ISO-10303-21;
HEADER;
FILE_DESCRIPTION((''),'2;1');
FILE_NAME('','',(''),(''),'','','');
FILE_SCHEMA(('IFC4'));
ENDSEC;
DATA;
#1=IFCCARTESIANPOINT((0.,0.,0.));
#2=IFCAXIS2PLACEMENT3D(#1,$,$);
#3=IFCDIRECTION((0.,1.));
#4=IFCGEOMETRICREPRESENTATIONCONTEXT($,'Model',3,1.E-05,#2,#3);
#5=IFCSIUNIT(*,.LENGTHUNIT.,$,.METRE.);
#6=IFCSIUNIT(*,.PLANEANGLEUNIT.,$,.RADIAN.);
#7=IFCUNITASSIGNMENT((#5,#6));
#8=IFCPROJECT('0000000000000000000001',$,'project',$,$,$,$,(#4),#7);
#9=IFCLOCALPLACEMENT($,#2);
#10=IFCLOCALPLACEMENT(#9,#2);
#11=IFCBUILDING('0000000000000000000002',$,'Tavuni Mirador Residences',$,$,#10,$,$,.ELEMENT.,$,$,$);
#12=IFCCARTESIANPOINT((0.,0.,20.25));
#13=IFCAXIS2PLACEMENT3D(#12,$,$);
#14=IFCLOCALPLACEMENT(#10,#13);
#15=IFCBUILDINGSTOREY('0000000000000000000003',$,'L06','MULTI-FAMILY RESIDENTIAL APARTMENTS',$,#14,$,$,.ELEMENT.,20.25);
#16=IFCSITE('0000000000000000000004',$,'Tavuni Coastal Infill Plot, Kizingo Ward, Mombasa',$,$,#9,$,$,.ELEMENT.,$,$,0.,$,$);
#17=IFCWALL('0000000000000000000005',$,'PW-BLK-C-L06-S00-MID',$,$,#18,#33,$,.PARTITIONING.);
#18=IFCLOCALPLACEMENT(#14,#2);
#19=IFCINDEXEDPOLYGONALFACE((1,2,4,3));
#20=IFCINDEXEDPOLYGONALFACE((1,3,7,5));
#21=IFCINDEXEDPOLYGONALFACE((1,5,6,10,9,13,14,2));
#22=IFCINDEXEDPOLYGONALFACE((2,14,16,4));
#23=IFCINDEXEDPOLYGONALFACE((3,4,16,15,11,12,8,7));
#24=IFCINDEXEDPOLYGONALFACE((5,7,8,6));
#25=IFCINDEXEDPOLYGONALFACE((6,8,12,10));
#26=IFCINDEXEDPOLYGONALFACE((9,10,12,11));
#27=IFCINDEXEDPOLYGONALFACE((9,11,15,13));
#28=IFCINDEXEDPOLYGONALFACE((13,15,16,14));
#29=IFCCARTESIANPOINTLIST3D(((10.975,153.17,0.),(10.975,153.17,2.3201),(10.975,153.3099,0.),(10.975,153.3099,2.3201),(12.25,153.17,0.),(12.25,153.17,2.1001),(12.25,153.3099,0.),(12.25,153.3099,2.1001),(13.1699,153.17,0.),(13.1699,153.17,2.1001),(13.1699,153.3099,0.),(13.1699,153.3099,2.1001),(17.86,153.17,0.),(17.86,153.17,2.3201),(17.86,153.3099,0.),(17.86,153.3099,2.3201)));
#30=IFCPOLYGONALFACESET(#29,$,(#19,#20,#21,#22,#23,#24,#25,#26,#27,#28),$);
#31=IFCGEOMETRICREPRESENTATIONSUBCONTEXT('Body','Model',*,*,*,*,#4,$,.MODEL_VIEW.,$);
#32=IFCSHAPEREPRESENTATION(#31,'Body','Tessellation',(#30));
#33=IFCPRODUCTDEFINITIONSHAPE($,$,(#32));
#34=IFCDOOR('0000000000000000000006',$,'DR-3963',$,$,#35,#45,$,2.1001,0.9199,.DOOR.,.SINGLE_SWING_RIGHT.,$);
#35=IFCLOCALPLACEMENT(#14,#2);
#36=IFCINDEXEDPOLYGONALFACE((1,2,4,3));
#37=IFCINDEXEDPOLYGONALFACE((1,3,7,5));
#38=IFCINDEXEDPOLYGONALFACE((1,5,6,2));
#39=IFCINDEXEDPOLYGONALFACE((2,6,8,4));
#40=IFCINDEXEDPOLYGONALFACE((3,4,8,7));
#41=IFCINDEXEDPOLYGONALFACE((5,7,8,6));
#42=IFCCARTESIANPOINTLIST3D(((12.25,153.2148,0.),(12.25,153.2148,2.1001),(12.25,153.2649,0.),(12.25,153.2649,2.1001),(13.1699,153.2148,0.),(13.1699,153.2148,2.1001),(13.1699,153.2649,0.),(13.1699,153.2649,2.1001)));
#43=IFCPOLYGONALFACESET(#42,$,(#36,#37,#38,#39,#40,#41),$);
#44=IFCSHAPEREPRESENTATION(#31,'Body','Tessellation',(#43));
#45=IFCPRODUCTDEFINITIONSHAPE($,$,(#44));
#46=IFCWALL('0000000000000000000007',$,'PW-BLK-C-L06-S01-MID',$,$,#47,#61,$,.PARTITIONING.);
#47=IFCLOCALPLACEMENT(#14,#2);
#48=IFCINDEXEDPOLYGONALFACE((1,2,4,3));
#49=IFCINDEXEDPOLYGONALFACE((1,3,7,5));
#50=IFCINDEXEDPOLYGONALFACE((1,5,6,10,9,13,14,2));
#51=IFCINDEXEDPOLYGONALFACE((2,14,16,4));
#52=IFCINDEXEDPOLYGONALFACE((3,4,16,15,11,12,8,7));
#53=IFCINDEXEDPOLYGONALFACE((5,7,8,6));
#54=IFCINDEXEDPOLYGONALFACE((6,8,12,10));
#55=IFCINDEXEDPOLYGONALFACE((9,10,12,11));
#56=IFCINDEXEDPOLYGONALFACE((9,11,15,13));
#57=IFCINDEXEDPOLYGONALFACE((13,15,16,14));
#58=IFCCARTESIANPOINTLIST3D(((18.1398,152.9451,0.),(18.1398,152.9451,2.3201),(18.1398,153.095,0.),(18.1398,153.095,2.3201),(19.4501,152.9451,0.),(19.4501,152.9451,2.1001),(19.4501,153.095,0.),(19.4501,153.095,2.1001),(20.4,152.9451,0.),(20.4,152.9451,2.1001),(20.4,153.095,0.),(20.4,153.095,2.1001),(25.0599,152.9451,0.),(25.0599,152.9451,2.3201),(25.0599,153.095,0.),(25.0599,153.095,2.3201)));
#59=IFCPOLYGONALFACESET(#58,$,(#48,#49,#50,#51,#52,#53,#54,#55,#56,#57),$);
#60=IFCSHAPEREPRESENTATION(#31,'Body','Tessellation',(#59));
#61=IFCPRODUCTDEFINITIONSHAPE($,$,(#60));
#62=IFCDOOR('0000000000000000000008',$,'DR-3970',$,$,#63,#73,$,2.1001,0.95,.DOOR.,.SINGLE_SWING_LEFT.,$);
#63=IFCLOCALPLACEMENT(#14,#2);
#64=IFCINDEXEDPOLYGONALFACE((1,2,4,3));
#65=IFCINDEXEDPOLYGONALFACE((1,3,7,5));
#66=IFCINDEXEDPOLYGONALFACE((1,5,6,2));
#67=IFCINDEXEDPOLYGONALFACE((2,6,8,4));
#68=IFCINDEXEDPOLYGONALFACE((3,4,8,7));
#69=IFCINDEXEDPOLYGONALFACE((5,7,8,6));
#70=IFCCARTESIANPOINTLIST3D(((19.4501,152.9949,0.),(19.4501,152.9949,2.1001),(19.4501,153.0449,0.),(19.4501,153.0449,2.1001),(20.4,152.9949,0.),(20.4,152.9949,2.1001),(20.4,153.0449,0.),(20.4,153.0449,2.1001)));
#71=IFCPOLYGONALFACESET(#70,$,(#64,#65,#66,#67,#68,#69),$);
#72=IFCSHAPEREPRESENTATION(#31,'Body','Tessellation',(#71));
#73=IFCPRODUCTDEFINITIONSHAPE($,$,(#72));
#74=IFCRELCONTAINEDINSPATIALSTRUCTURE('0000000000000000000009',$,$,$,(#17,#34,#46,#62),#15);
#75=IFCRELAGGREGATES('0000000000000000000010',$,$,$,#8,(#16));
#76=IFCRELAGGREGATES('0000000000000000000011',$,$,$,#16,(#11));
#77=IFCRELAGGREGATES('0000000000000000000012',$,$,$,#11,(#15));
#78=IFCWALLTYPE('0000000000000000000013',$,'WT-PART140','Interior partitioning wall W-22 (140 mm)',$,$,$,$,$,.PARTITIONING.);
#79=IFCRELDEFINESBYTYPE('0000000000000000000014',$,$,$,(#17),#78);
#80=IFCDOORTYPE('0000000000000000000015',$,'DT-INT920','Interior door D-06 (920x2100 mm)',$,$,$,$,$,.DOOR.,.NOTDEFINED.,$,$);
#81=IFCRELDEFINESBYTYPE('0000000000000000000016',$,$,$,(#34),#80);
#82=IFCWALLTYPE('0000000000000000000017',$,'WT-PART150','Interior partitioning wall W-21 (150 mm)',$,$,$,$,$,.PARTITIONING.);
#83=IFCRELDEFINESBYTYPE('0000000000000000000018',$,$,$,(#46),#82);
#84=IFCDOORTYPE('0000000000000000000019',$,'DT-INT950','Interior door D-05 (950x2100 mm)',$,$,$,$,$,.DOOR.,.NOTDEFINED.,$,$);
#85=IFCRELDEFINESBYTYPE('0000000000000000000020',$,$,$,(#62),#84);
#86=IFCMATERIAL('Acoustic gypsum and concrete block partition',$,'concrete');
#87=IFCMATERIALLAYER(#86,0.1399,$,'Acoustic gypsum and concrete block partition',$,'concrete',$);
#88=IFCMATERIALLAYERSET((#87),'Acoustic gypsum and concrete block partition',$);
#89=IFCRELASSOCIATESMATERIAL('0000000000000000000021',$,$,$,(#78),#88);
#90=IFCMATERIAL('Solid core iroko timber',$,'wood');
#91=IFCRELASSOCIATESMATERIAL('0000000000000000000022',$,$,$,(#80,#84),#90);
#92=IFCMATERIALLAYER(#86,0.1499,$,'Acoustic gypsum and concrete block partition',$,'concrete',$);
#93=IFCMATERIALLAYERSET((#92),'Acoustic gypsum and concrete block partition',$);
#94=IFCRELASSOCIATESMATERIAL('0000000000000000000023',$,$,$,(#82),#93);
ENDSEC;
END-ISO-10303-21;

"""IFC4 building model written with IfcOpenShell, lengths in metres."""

from ifc_helpers import new_model, si_unit, direction, frame, frame_2d, origin, place, context, subcontext, project, spatial, rectangle, extrude, material, layer, layer_set, type_object, element, fill, save


model = new_model("IFC4")

# Units and contexts
model_context = context("Model", 3, precision=1e-05, world=origin(), true_north=direction((0.0, 1.0)))
body_context = subcontext(model_context, "Body", "Model", "MODEL_VIEW")
ifc_project = project(units=[si_unit("LENGTHUNIT", "METRE"), si_unit("PLANEANGLEUNIT", "RADIAN")], contexts=[model_context])

# Site, building, storey
site_placement = place(None, origin())
site = spatial("IfcSite", under=ifc_project, at=site_placement, Name="Tavuni Coastal Infill Plot, Kizingo Ward, Mombasa", CompositionType="ELEMENT", RefElevation=0.0)
building_placement = place(site_placement, origin())
building = spatial("IfcBuilding", under=site, at=building_placement, Name="Tavuni Mirador Residences", CompositionType="ELEMENT")
storey_placement = place(building_placement, frame((0.0, 0.0, 20.25)))
storey = spatial("IfcBuildingStorey", under=building, at=storey_placement, Name="L06", Description="MULTI-FAMILY RESIDENTIAL APARTMENTS", CompositionType="ELEMENT", Elevation=20.25)

# Walls, openings, doors
ifc_material_1 = material(Name="Solid core iroko timber", Category="wood")
ifc_material_2 = material(Name="Acoustic gypsum and concrete block partition", Category="concrete")
ifc_layer_1 = layer(ifc_material_2, 0.1399, Name="Acoustic gypsum and concrete block partition", Category="concrete")
ifc_layer_set_1 = layer_set([ifc_layer_1], Name="Acoustic gypsum and concrete block partition")
wall_type_1 = type_object("IfcWallType", Name="WT-PART140", Description="Interior partitioning wall W-22 (140 mm)", PredefinedType="PARTITIONING", material=ifc_layer_set_1)
wall_1_placement = place(storey_placement, frame((10.9751, 153.24, 0.0), z_axis=(0.0, 0.0, 1.0), x_axis=(1.0, 0.0, 0.0)))
wall_1 = element("IfcWall", 1, at=wall_1_placement, inside=storey, type_object=wall_type_1, Name="PW-BLK-C-L06-S00-MID", PredefinedType="PARTITIONING", context=body_context, shape_type="SweptSolid", body=[
    extrude(rectangle(XDim=6.885, YDim=0.1399, at=frame_2d((3.4424, 0.0))), origin(), (0.0, 0.0, 1.0), 2.3201),
])
opening_1_placement = place(wall_1_placement, frame((1.2749, 0.0, 0.0)))
opening_1 = element("IfcOpeningElement", 2, at=opening_1_placement, cuts=wall_1, PredefinedType="OPENING", context=body_context, shape_type="SweptSolid", body=[
    extrude(rectangle(XDim=0.9199, YDim=2.1001, at=frame_2d((0.46, 1.05))), frame((0.0, 0.0801, 0.0), z_axis=(0.0, -1.0, 0.0), x_axis=(1.0, 0.0, 0.0)), (0.0, 0.0, 1.0), 0.1599),
])
door_type_1 = type_object("IfcDoorType", Name="DT-INT920", Description="Interior door D-06 (920x2100 mm)", OperationType="NOTDEFINED", PredefinedType="DOOR", material=ifc_material_1)
door_1_placement = place(opening_1_placement, origin())
door_1 = element("IfcDoor", 3, at=door_1_placement, inside=storey, type_object=door_type_1, Name="DR-3963", OperationType="SINGLE_SWING_RIGHT", OverallHeight=2.1001, OverallWidth=0.9199, PredefinedType="DOOR", context=body_context, shape_type="SweptSolid", body=[
    extrude(rectangle(XDim=0.9199, YDim=2.1001, at=frame_2d((0.46, 1.05))), frame((0.0, 0.0249, 0.0), z_axis=(0.0, -1.0, 0.0), x_axis=(1.0, 0.0, 0.0)), (0.0, 0.0, 1.0), 0.05),
])
fill(opening_1, door_1)
ifc_layer_2 = layer(ifc_material_2, 0.1499, Name="Acoustic gypsum and concrete block partition", Category="concrete")
ifc_layer_set_2 = layer_set([ifc_layer_2], Name="Acoustic gypsum and concrete block partition")
wall_type_2 = type_object("IfcWallType", Name="WT-PART150", Description="Interior partitioning wall W-21 (150 mm)", PredefinedType="PARTITIONING", material=ifc_layer_set_2)
wall_2_placement = place(storey_placement, frame((18.1399, 153.02, 0.0), z_axis=(0.0, 0.0, 1.0), x_axis=(1.0, 0.0, 0.0)))
wall_2 = element("IfcWall", 4, at=wall_2_placement, inside=storey, type_object=wall_type_2, Name="PW-BLK-C-L06-S01-MID", PredefinedType="PARTITIONING", context=body_context, shape_type="SweptSolid", body=[
    extrude(rectangle(XDim=6.9202, YDim=0.1499, at=frame_2d((3.46, 0.0))), origin(), (0.0, 0.0, 1.0), 2.3201),
])
opening_2_placement = place(wall_2_placement, frame((1.3101, 0.0, 0.0)))
opening_2 = element("IfcOpeningElement", 5, at=opening_2_placement, cuts=wall_2, PredefinedType="OPENING", context=body_context, shape_type="SweptSolid", body=[
    extrude(rectangle(XDim=0.95, YDim=2.1001, at=frame_2d((0.4751, 1.05))), frame((0.0, 0.085, 0.0), z_axis=(0.0, -1.0, 0.0), x_axis=(1.0, 0.0, 0.0)), (0.0, 0.0, 1.0), 0.1699),
])
door_type_2 = type_object("IfcDoorType", Name="DT-INT950", Description="Interior door D-05 (950x2100 mm)", OperationType="NOTDEFINED", PredefinedType="DOOR", material=ifc_material_1)
door_2_placement = place(opening_2_placement, origin())
door_2 = element("IfcDoor", 6, at=door_2_placement, inside=storey, type_object=door_type_2, Name="DR-3970", OperationType="SINGLE_SWING_LEFT", OverallHeight=2.1001, OverallWidth=0.95, PredefinedType="DOOR", context=body_context, shape_type="SweptSolid", body=[
    extrude(rectangle(XDim=0.95, YDim=2.1001, at=frame_2d((0.4751, 1.05))), frame((0.0, 0.0249, 0.0), z_axis=(0.0, -1.0, 0.0), x_axis=(1.0, 0.0, 0.0)), (0.0, 0.0, 1.0), 0.05),
])
fill(opening_2, door_2)

save(model, "model.ifc")
